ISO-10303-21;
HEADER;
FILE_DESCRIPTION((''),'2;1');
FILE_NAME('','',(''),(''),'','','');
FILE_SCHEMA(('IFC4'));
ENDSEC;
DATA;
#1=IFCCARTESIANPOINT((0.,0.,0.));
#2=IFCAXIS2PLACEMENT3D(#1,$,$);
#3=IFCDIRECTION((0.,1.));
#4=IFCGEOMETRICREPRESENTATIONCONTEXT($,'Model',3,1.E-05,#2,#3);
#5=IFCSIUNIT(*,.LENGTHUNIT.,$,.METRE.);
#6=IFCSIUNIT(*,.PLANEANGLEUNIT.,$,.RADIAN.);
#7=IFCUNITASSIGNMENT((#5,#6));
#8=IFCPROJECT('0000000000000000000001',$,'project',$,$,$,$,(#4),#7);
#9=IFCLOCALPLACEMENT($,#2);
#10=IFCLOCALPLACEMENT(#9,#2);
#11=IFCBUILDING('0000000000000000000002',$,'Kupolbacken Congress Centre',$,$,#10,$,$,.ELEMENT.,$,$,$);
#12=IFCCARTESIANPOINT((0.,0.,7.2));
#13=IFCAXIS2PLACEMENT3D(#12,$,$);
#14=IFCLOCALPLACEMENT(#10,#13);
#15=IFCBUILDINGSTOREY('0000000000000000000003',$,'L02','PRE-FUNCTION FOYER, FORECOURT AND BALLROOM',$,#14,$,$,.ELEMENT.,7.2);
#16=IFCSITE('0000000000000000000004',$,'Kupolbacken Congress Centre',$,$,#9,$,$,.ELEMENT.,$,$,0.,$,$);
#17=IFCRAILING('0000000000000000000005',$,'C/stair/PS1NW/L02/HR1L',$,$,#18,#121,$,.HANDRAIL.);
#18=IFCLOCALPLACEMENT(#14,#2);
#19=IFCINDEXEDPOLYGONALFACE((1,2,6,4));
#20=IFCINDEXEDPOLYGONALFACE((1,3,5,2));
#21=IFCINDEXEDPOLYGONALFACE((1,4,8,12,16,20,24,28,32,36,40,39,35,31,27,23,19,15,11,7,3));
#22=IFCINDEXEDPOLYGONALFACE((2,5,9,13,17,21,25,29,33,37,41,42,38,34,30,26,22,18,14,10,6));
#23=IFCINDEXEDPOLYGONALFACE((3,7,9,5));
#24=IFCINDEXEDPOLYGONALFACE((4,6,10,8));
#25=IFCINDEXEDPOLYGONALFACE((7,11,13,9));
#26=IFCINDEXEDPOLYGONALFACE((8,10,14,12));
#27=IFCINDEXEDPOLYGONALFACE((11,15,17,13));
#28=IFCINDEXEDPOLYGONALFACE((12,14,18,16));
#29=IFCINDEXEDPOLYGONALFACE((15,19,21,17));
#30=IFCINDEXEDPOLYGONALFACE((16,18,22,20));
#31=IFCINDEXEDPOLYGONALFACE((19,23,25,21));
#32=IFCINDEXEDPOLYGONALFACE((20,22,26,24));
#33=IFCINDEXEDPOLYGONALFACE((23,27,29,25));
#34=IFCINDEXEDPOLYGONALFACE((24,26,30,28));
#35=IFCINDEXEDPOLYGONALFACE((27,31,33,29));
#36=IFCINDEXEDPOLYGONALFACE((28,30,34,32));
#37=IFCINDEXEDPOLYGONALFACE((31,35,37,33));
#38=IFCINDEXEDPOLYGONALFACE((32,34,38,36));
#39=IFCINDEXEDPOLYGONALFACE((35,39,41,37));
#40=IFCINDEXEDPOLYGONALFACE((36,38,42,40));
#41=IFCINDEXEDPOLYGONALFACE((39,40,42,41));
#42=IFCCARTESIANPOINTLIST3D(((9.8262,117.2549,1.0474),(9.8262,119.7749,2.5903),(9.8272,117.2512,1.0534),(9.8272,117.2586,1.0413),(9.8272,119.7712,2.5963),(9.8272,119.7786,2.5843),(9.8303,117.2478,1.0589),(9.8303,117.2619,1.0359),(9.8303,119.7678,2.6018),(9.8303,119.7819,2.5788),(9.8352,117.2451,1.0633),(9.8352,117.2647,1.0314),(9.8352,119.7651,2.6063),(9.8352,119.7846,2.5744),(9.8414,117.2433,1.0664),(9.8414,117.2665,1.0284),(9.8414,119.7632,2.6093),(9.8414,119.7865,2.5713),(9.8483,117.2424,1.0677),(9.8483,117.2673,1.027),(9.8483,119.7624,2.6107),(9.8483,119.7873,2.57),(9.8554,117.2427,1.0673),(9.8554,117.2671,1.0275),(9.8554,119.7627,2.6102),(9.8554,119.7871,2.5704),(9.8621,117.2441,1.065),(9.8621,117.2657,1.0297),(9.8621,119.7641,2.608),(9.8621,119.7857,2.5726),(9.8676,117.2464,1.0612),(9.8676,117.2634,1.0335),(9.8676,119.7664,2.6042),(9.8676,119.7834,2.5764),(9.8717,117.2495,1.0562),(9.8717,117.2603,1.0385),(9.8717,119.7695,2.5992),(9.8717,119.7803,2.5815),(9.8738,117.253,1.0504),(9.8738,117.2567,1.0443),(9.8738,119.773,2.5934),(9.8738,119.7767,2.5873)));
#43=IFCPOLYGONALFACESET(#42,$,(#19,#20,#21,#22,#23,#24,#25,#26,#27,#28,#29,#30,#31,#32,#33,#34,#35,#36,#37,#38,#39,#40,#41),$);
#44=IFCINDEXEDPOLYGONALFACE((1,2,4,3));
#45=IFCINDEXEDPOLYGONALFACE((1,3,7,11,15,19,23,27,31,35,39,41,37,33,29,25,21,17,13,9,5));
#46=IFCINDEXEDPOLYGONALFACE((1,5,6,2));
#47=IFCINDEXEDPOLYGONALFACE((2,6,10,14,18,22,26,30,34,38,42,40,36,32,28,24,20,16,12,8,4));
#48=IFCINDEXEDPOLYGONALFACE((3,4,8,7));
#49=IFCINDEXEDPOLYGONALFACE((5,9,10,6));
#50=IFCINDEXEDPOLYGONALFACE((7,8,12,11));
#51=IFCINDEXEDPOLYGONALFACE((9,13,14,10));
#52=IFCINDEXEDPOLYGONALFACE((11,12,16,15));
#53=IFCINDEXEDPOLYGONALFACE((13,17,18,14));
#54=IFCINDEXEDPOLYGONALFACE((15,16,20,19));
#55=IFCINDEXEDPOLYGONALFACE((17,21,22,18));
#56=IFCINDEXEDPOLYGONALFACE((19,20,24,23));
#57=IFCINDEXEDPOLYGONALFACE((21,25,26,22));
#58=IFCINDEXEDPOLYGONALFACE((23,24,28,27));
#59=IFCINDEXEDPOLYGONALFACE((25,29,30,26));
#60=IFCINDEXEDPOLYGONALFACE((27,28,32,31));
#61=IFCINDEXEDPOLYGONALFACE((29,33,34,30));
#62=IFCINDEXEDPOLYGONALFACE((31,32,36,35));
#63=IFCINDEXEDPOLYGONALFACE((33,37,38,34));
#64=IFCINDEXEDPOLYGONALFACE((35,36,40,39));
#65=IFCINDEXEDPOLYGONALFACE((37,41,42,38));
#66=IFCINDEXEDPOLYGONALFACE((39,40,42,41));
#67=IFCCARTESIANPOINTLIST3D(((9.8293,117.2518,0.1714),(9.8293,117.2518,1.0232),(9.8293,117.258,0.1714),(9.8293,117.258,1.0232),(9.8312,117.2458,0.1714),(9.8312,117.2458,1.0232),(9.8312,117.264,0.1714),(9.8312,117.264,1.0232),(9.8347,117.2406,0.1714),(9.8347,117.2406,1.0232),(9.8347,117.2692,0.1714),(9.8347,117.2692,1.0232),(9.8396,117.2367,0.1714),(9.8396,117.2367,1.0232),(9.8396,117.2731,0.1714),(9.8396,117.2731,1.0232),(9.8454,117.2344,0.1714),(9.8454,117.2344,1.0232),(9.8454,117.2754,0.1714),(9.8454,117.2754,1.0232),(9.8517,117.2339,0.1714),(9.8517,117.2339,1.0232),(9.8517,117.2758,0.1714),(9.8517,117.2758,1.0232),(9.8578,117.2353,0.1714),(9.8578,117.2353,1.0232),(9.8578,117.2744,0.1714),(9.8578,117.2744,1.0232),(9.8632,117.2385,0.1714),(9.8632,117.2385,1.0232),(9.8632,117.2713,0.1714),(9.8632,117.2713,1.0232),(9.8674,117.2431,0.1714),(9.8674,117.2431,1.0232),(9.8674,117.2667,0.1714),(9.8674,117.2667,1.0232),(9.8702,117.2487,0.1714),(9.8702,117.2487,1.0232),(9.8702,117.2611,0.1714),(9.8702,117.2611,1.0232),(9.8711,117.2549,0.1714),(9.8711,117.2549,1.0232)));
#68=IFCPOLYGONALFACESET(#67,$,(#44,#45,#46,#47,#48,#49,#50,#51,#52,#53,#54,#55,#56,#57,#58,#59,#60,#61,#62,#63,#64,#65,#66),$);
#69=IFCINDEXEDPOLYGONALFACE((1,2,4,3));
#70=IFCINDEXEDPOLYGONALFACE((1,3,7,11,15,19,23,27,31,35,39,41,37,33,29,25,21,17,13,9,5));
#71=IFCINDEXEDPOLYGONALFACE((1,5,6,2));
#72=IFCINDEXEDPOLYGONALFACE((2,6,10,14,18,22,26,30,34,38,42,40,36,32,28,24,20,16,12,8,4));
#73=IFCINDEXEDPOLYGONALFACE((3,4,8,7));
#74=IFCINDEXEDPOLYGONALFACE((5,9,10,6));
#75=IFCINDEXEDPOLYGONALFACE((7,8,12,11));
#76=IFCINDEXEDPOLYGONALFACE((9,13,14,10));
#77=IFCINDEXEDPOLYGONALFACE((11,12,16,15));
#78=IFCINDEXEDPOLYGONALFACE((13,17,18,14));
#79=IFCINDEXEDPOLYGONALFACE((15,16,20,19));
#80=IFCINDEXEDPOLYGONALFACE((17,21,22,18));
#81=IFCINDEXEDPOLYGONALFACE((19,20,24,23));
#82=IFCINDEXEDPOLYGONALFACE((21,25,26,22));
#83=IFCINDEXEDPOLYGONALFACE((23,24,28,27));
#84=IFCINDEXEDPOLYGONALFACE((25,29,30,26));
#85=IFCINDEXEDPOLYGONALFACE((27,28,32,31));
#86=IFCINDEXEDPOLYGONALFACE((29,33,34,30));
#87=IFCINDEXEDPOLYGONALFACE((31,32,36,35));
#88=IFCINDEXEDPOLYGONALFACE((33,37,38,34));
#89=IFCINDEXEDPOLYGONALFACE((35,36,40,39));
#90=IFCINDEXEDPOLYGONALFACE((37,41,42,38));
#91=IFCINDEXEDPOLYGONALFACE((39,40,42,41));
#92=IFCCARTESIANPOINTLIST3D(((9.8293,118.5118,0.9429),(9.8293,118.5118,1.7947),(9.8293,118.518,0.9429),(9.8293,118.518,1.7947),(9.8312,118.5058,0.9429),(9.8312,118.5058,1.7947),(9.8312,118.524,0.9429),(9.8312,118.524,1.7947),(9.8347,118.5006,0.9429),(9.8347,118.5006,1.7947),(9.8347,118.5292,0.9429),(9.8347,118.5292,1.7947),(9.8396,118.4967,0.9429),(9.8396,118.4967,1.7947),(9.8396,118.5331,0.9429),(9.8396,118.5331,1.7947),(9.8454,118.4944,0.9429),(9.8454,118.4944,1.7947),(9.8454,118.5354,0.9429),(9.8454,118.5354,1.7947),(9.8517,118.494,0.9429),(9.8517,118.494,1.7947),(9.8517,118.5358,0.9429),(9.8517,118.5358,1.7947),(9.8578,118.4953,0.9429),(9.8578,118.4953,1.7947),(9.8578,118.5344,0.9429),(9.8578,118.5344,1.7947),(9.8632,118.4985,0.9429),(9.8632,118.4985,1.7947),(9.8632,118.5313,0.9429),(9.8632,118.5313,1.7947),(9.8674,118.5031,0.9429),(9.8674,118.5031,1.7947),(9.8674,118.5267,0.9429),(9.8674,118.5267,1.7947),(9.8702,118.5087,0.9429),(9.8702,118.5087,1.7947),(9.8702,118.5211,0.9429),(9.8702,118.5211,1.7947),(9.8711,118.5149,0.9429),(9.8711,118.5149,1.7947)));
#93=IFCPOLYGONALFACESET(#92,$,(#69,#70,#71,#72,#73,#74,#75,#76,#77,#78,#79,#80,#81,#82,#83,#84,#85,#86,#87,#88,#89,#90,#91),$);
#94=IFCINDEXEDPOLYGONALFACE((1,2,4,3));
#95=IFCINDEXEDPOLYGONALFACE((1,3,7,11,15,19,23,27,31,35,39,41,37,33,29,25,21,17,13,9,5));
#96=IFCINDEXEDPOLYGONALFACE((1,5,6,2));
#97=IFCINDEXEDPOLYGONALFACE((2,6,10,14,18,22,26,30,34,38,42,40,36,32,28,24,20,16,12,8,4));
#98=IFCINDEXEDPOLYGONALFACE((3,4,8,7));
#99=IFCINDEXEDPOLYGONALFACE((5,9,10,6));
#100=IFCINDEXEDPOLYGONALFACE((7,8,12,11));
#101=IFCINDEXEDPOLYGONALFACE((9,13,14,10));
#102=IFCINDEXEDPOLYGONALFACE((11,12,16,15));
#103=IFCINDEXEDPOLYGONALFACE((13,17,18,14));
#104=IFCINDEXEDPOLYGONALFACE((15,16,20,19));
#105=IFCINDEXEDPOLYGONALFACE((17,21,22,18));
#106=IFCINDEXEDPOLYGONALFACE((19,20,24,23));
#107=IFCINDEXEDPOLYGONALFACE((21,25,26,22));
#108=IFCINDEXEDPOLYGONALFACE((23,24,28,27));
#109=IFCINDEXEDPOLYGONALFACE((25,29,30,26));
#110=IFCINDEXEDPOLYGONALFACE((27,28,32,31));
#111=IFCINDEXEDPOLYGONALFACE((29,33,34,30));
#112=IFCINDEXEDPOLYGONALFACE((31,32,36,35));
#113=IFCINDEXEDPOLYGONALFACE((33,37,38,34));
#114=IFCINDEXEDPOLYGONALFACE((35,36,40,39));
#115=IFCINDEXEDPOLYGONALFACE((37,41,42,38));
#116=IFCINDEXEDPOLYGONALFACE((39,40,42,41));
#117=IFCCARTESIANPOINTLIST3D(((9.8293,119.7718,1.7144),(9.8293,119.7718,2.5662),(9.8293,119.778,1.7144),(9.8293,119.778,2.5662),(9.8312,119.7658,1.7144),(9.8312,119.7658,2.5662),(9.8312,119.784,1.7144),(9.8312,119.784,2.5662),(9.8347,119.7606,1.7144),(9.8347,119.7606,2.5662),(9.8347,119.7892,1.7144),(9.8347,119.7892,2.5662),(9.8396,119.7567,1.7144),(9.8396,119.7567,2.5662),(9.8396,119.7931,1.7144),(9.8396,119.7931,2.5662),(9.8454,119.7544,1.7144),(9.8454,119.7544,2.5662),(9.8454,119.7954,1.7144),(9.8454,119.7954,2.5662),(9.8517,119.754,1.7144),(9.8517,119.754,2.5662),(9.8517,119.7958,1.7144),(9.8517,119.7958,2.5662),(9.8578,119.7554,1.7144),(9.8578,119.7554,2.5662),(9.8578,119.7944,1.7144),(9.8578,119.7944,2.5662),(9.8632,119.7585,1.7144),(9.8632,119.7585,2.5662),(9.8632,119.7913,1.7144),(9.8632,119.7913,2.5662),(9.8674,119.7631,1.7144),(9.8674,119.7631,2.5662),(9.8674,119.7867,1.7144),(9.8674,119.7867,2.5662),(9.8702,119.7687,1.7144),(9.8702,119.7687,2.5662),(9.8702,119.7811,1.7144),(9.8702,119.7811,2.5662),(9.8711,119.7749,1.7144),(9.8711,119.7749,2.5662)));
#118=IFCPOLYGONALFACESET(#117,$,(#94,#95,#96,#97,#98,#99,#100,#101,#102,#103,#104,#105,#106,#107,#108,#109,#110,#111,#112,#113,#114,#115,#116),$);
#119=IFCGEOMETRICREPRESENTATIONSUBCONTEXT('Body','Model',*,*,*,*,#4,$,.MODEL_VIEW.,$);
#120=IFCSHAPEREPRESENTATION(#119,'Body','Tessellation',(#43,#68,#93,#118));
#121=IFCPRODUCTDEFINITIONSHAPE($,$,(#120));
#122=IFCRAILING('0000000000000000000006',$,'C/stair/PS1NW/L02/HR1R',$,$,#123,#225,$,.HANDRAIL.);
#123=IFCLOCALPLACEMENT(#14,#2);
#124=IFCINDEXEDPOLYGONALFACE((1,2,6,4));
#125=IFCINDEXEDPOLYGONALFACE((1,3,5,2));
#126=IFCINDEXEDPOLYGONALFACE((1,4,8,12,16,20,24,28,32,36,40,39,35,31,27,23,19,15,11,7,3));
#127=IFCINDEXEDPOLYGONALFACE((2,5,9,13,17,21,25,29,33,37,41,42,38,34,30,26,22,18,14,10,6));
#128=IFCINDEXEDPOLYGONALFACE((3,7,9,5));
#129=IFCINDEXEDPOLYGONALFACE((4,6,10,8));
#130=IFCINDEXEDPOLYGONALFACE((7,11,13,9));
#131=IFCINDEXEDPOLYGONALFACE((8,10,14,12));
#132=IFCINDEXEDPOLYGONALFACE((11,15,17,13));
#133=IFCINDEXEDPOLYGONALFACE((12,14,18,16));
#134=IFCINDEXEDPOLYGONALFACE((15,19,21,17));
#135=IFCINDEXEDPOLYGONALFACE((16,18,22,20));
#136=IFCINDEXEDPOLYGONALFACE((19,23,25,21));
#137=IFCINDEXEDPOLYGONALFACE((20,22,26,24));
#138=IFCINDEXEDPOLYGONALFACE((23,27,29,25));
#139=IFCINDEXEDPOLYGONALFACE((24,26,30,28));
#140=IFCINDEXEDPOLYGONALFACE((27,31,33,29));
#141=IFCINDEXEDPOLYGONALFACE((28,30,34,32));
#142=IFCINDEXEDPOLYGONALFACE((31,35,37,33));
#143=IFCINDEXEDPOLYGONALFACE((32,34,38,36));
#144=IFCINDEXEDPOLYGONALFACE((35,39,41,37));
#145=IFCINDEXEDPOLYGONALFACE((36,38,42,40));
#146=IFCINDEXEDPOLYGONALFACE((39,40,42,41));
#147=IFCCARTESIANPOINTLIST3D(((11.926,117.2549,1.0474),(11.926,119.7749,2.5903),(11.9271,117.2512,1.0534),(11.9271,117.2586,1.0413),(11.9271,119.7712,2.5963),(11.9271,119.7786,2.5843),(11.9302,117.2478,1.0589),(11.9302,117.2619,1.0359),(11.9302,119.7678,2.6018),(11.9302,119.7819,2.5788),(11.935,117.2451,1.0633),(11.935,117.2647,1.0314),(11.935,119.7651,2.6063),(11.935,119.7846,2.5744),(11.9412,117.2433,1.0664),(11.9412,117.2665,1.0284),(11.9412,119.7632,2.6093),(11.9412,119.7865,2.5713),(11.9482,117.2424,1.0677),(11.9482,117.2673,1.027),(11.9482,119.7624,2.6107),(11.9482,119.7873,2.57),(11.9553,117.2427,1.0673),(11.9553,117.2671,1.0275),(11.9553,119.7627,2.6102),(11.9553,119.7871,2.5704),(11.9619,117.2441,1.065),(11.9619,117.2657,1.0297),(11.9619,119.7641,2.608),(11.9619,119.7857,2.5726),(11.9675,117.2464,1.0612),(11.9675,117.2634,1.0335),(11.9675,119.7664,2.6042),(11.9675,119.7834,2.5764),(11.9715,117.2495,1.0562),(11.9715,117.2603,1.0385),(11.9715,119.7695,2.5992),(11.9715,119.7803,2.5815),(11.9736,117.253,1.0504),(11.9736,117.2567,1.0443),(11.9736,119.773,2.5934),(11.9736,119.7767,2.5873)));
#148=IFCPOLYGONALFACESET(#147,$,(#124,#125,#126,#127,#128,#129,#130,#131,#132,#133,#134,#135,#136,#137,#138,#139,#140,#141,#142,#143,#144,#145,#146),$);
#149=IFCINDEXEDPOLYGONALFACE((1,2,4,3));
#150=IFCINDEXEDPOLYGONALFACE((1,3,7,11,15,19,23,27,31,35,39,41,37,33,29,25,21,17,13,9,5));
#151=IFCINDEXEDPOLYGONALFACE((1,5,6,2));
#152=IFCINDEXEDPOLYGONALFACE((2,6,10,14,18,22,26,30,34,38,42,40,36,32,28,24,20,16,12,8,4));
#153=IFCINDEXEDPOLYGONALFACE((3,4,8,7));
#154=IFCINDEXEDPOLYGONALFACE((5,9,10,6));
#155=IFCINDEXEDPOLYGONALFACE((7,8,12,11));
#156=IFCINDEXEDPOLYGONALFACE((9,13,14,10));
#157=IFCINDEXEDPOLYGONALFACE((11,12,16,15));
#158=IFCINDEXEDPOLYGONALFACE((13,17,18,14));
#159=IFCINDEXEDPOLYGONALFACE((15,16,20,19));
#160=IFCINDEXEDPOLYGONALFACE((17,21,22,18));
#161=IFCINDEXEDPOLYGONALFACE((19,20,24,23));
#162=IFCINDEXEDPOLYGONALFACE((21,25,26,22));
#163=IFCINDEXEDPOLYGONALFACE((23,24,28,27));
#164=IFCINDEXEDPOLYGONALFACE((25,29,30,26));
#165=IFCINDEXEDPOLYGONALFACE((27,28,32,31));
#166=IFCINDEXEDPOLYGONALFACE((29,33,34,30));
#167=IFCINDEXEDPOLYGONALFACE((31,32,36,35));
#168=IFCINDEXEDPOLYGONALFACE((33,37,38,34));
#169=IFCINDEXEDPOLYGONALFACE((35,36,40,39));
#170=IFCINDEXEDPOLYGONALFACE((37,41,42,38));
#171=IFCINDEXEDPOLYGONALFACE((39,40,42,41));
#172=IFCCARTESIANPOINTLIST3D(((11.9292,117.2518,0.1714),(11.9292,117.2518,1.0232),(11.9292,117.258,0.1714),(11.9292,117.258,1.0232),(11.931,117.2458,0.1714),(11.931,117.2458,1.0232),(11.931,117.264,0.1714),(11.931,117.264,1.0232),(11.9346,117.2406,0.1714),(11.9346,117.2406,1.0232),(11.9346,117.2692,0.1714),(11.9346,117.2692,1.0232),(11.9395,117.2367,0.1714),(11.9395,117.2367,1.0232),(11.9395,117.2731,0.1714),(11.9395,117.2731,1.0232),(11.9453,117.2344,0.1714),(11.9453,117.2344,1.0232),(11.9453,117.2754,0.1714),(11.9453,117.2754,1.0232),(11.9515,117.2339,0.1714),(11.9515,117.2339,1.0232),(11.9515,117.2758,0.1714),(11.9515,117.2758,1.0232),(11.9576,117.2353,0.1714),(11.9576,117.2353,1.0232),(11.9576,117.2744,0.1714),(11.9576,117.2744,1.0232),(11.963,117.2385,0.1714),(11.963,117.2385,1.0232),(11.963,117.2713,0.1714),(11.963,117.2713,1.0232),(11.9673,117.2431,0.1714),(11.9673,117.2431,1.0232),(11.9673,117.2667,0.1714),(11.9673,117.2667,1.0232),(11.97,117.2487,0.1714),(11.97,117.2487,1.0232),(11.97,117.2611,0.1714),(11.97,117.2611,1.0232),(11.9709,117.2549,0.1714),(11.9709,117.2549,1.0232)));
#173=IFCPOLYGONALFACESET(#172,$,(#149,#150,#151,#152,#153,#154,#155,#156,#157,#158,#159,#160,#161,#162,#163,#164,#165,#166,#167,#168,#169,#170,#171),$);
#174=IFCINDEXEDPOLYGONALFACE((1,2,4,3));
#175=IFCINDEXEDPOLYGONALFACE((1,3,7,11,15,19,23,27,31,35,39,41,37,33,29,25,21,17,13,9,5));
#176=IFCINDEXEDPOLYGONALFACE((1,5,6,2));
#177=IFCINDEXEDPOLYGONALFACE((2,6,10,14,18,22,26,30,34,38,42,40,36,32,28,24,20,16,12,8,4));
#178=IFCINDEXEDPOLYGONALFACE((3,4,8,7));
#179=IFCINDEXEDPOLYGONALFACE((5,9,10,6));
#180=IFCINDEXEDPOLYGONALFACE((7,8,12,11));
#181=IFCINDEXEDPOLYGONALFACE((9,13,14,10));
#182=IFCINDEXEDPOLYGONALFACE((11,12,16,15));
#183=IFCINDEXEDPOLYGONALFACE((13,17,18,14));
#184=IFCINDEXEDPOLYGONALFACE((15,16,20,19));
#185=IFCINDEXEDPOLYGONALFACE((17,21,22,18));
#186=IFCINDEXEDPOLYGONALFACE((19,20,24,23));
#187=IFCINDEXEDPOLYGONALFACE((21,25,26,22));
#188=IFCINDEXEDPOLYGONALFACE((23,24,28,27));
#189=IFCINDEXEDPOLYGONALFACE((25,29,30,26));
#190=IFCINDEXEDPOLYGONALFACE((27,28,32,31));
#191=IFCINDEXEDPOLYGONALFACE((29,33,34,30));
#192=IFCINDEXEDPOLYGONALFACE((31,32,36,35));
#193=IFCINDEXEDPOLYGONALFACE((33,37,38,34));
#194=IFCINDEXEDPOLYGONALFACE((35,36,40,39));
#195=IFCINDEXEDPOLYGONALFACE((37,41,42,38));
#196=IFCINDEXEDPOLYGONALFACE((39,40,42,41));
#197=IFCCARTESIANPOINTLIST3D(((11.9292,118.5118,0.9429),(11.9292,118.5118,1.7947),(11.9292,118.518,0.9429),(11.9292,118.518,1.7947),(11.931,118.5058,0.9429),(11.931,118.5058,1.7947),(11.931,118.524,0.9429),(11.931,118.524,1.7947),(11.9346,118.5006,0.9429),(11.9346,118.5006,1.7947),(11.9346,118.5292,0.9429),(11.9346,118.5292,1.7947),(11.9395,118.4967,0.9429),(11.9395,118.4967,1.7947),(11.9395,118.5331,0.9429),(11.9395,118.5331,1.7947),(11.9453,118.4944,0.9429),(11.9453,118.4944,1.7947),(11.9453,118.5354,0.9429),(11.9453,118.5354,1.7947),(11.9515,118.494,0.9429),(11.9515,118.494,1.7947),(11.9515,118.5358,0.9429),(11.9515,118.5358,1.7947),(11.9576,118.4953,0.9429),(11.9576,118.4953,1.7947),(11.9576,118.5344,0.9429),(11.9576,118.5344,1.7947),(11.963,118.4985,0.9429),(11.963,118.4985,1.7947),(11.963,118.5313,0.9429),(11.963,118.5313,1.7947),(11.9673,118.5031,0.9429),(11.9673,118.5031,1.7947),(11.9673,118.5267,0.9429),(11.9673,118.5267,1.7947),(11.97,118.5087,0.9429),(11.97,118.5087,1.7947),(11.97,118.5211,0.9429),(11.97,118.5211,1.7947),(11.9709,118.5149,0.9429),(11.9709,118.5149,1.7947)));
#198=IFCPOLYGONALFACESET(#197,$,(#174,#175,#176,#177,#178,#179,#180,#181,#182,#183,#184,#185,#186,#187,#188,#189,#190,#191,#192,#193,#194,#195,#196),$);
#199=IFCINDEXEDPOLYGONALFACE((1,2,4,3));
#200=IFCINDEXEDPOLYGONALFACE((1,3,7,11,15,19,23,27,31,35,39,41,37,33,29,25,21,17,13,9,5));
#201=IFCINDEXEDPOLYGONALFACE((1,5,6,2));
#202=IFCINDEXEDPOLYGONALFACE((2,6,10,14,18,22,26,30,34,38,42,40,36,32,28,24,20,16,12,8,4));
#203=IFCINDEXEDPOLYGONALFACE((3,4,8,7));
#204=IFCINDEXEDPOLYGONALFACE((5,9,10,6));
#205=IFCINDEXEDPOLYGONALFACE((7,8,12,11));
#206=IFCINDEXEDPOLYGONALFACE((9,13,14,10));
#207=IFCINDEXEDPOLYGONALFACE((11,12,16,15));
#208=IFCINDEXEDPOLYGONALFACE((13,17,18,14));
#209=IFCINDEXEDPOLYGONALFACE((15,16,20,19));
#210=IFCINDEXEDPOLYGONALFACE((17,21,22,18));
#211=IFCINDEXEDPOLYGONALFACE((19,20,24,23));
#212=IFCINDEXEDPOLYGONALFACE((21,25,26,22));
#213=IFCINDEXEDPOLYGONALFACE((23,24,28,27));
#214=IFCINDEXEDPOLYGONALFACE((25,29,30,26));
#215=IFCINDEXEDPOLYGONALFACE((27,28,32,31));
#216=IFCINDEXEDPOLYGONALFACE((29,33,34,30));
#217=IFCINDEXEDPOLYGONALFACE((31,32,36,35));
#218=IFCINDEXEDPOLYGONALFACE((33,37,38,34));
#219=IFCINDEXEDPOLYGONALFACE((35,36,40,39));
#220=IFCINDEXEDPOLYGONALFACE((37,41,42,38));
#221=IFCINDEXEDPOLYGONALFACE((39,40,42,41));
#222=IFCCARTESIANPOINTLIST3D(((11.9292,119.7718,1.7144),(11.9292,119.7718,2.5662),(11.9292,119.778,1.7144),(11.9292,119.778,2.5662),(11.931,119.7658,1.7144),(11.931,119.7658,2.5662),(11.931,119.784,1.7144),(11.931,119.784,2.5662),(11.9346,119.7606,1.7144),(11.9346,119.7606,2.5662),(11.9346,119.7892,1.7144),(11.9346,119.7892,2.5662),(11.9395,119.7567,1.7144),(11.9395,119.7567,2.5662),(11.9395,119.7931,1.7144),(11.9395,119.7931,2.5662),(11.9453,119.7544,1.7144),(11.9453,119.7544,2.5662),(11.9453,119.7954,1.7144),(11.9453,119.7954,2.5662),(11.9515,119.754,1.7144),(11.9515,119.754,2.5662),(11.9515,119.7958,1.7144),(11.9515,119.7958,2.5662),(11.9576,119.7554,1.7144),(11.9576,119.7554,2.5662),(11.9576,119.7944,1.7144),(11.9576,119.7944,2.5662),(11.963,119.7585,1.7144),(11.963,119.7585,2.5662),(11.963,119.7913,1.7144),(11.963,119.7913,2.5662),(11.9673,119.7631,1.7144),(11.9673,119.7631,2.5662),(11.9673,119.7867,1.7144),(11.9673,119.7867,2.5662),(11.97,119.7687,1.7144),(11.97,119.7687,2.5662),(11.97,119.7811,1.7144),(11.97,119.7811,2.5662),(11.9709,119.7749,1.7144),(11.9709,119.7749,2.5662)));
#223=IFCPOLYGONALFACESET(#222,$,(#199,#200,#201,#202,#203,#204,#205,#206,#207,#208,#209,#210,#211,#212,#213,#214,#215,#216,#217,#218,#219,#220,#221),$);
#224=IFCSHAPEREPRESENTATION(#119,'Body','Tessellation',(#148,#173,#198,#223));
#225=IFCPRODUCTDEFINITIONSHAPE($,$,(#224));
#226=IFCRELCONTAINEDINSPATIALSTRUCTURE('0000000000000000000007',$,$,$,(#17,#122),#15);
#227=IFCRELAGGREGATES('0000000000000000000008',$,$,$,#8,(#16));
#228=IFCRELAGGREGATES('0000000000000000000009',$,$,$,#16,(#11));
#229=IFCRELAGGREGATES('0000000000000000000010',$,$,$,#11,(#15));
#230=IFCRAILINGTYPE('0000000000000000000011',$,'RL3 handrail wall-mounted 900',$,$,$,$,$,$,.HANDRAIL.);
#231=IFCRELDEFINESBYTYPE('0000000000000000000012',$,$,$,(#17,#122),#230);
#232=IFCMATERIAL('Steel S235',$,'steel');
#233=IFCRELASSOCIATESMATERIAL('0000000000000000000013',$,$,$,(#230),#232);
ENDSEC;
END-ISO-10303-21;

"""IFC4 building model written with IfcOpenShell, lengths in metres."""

from ifc_helpers import new_model, si_unit, direction, frame, origin, origin_2d, place, context, subcontext, project, spatial, circle, extrude, material, type_object, element, save


model = new_model("IFC4")

# Units and contexts
model_context = context("Model", 3, precision=1e-05, world=origin(), true_north=direction((0.0, 1.0)))
body_context = subcontext(model_context, "Body", "Model", "MODEL_VIEW")
ifc_project = project(units=[si_unit("LENGTHUNIT", "METRE"), si_unit("PLANEANGLEUNIT", "RADIAN")], contexts=[model_context])

# Site, building, storey
site_placement = place(None, origin())
site = spatial("IfcSite", under=ifc_project, at=site_placement, Name="Kupolbacken Congress Centre", CompositionType="ELEMENT", RefElevation=0.0)
building_placement = place(site_placement, origin())
building = spatial("IfcBuilding", under=site, at=building_placement, Name="Kupolbacken Congress Centre", CompositionType="ELEMENT")
storey_placement = place(building_placement, frame((0.0, 0.0, 7.2)))
storey = spatial("IfcBuildingStorey", under=building, at=storey_placement, Name="L02", Description="PRE-FUNCTION FOYER, FORECOURT AND BALLROOM", CompositionType="ELEMENT", Elevation=7.2)

# Railings
ifc_material_1 = material(Name="Steel S235", Category="steel")
railing_type = type_object("IfcRailingType", Name="RL3 handrail wall-mounted 900", PredefinedType="HANDRAIL", material=ifc_material_1)
for number, where, name in (
    (1, (9.8501, 117.2549, 0.1714), "C/stair/PS1NW/L02/HR1L"),
    (2, (11.95, 117.2549, 0.1714), "C/stair/PS1NW/L02/HR1R"),
):
    element("IfcRailing", number, at=place(storey_placement, frame(where)), inside=storey, type_object=railing_type, Name=name, PredefinedType="HANDRAIL", context=body_context, shape_type="SweptSolid", body=[
        extrude(circle(Radius=0.0239, at=origin_2d()), frame((0.0, 0.0, 0.876), z_axis=(0.0, 0.852836, 0.522178), x_axis=(-1.0, 0.0, 0.0)), (0.0, 0.0, 1.0), 2.9548),
        extrude(circle(Radius=0.021, at=origin_2d()), origin(), (0.0, 0.0, 1.0), 0.8518),
        extrude(circle(Radius=0.021, at=origin_2d()), frame((0.0, 1.26, 0.7715)), (0.0, 0.0, 1.0), 0.8518),
        extrude(circle(Radius=0.021, at=origin_2d()), frame((0.0, 2.52, 1.543)), (0.0, 0.0, 1.0), 0.8518),
    ])

save(model, "model.ifc")
